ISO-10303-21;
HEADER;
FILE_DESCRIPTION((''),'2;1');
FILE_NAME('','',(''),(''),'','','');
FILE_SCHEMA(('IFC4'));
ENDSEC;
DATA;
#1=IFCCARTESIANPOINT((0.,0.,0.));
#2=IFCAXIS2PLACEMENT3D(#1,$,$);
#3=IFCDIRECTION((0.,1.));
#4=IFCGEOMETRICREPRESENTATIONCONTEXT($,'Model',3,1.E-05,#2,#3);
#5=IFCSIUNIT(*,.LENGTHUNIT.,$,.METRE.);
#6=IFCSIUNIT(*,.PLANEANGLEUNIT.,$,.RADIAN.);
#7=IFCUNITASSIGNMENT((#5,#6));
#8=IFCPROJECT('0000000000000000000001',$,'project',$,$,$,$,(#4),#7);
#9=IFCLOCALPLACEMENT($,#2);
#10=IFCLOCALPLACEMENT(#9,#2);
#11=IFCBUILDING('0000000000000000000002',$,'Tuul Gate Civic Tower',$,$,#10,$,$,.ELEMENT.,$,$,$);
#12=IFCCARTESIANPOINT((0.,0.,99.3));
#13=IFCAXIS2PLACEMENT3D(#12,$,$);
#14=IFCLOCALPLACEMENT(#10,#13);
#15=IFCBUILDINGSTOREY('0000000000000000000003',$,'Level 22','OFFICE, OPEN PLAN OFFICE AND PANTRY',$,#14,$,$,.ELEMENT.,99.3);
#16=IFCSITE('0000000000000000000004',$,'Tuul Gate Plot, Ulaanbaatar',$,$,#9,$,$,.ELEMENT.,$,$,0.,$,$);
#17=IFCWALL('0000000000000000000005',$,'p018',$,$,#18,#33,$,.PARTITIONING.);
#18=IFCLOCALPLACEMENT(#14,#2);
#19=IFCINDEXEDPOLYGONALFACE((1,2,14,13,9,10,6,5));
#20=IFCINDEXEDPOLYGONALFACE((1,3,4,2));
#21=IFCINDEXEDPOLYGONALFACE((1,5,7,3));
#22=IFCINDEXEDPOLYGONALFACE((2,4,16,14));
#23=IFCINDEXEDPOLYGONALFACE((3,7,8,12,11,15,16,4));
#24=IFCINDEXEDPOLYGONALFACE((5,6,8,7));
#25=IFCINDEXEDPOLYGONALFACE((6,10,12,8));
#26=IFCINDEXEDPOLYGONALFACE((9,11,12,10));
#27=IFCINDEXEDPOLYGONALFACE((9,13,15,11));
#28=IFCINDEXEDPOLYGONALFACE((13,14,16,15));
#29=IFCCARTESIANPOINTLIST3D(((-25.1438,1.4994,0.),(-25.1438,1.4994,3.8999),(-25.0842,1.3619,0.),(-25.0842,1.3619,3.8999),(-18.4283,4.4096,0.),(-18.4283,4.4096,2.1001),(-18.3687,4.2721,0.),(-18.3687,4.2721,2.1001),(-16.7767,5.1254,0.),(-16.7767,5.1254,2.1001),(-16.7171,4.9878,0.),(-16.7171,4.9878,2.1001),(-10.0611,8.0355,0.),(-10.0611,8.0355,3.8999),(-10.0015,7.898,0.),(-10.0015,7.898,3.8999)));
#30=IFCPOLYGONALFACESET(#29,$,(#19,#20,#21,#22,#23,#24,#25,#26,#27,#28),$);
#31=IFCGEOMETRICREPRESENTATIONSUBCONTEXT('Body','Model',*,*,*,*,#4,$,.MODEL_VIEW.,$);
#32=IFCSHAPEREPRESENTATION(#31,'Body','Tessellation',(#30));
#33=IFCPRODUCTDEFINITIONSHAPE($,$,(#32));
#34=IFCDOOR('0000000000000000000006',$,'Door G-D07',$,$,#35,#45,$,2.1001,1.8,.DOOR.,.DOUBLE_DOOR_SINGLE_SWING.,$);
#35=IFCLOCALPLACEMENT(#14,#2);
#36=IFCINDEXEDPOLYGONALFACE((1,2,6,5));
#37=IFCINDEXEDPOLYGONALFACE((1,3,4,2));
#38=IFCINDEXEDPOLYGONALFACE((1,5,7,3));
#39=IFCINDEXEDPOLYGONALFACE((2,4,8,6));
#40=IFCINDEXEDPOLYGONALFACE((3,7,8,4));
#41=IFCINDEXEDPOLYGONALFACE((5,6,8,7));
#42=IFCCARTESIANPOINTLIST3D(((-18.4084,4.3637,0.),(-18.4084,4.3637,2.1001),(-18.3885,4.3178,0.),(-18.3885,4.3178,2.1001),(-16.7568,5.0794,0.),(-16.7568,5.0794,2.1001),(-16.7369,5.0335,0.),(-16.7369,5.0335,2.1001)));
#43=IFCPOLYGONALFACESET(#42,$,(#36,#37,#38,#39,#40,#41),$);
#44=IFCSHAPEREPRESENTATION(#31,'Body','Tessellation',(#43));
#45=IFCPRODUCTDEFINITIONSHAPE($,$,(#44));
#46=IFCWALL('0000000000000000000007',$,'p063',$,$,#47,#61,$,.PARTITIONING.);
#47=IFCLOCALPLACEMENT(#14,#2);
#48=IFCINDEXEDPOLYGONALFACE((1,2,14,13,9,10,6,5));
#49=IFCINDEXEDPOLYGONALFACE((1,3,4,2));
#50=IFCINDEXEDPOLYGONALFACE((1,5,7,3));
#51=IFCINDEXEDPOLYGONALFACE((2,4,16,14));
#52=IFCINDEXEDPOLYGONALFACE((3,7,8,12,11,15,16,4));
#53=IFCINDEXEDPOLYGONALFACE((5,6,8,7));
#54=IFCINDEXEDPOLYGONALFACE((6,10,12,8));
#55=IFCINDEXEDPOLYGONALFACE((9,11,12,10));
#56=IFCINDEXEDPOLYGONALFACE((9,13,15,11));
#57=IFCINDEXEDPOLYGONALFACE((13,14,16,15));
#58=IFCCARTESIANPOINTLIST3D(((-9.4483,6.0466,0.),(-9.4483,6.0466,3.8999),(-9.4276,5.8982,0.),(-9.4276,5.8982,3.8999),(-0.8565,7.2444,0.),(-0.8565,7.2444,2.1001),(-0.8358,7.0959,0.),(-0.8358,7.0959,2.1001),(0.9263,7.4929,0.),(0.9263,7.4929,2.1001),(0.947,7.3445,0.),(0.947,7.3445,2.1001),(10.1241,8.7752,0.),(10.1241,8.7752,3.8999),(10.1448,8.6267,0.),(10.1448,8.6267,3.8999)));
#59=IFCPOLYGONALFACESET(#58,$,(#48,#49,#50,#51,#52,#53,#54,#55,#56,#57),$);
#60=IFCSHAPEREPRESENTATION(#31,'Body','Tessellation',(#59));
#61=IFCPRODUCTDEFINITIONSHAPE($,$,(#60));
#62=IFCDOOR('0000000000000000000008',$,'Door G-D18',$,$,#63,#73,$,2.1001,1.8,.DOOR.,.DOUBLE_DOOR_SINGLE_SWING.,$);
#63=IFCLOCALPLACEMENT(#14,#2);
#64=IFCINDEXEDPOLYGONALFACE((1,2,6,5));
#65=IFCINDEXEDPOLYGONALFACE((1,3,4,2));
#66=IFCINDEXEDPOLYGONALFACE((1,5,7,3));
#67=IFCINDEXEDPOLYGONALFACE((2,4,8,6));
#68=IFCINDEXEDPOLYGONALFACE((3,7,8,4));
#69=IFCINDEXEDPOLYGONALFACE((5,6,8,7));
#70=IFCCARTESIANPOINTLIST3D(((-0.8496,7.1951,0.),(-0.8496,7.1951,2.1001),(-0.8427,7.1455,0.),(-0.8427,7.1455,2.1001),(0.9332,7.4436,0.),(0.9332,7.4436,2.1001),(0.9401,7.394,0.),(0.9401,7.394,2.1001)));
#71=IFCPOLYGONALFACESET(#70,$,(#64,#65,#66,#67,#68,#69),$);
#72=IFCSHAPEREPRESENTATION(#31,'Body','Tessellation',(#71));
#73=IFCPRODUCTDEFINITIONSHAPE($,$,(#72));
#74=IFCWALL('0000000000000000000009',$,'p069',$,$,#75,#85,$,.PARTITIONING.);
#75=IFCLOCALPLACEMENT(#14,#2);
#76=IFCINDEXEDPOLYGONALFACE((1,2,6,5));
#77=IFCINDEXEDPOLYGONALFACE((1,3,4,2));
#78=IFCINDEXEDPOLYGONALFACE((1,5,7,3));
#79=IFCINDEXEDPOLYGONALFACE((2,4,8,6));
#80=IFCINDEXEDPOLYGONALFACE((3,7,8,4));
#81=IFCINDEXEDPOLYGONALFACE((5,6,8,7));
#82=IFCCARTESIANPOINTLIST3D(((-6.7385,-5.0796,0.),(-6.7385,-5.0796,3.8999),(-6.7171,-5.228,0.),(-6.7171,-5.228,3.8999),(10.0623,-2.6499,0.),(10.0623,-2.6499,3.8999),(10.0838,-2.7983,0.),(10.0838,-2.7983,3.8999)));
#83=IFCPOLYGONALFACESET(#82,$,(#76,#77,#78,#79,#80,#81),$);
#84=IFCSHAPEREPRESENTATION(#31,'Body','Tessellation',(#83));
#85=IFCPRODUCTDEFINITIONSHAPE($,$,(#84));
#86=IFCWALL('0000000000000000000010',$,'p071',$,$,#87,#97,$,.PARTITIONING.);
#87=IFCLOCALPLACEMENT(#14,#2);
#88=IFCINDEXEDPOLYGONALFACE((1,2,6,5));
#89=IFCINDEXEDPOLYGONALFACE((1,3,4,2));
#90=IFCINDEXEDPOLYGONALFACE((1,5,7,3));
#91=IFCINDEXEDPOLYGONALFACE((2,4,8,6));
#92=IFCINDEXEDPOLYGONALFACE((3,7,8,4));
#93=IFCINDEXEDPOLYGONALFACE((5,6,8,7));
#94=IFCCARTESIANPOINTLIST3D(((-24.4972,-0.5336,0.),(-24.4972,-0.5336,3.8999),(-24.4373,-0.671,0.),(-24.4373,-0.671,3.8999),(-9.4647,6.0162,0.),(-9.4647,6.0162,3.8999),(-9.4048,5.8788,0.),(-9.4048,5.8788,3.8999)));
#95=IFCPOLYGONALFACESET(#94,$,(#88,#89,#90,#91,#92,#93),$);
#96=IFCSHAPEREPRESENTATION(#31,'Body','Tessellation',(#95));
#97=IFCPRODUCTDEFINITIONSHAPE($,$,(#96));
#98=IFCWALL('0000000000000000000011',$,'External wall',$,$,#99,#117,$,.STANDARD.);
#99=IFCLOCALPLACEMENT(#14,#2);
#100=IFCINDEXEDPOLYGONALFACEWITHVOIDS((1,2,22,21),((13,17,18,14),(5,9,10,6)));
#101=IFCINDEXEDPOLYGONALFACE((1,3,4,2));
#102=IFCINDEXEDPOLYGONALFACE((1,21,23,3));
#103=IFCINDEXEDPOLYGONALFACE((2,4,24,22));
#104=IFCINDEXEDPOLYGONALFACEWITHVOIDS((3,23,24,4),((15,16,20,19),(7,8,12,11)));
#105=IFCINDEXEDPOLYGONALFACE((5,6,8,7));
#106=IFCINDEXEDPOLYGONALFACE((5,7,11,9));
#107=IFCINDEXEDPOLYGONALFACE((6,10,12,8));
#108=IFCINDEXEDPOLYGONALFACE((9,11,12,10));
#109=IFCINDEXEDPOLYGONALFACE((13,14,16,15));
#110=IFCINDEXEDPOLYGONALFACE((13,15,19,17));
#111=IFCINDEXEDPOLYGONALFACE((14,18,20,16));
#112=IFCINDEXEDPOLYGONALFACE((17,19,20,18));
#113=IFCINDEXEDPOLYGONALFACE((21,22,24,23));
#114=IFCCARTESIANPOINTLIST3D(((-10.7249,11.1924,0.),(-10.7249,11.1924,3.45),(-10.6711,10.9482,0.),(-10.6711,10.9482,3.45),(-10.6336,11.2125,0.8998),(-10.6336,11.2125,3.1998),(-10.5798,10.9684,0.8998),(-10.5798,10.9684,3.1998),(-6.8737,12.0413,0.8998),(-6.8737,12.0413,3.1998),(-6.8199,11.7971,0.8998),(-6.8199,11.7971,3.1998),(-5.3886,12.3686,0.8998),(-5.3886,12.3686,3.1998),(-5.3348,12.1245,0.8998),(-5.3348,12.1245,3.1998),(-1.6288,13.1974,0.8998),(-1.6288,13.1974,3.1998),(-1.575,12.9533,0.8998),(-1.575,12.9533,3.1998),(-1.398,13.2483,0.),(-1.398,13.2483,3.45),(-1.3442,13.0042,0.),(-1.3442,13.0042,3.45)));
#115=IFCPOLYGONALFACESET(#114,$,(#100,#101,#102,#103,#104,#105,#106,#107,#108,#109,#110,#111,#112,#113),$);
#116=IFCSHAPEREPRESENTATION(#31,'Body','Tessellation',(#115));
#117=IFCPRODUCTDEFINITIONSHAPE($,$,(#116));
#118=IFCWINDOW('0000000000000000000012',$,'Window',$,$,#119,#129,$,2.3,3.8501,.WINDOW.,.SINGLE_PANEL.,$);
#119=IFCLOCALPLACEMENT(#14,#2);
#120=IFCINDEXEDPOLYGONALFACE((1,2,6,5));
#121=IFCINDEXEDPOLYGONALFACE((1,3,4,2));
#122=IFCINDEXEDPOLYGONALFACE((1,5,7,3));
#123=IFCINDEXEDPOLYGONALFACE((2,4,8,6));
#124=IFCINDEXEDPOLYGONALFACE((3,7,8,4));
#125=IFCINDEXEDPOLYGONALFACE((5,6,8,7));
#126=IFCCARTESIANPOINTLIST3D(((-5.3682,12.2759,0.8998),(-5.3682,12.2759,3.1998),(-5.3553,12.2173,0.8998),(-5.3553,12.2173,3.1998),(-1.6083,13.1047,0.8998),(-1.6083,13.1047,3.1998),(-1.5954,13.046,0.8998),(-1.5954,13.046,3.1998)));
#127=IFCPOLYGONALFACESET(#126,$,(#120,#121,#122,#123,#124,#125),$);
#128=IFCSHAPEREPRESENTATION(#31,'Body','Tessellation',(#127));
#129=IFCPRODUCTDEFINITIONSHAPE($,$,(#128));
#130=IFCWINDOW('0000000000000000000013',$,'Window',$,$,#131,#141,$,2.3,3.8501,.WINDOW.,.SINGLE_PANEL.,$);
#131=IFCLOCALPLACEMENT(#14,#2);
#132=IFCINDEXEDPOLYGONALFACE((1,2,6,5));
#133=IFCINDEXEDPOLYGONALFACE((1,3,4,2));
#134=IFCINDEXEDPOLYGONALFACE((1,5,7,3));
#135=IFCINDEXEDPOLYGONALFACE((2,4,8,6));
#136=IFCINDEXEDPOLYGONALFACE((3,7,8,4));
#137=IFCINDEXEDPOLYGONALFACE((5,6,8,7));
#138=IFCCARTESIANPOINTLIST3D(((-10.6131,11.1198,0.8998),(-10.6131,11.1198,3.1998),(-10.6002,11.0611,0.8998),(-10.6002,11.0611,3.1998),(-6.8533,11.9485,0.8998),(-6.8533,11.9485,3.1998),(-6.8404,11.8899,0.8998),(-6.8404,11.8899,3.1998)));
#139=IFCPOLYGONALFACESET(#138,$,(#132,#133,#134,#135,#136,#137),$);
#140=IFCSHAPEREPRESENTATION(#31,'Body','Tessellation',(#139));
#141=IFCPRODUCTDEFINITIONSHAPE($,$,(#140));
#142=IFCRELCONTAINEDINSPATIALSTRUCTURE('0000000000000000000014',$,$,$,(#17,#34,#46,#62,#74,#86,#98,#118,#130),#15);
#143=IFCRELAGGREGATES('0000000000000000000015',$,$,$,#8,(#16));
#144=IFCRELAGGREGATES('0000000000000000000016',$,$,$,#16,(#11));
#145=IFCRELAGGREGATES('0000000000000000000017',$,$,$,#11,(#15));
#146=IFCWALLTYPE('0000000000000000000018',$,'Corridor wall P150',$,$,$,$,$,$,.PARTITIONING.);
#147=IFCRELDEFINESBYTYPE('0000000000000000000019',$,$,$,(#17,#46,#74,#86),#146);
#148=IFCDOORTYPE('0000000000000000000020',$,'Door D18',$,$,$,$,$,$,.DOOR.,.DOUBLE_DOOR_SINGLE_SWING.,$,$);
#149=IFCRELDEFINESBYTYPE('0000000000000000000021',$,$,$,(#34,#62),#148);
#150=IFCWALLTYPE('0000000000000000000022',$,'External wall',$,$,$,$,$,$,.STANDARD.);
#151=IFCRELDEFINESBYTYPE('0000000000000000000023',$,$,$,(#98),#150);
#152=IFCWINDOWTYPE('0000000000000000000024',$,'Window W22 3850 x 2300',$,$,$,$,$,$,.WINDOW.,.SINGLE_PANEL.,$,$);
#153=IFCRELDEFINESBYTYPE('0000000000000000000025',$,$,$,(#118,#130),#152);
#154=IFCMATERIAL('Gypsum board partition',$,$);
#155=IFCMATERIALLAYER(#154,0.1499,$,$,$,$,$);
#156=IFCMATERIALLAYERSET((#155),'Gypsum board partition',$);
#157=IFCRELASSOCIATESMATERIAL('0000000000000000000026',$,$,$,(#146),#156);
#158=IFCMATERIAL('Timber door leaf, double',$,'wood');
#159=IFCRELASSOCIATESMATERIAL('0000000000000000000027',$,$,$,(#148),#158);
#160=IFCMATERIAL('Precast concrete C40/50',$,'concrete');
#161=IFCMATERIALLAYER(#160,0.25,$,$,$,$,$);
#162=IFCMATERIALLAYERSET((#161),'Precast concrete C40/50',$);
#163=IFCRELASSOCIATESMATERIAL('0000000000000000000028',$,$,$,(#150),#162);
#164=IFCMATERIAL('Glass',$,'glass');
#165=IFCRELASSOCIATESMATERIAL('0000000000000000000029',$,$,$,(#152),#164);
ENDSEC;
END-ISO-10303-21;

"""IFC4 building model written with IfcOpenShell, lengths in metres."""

from ifc_helpers import new_model, si_unit, direction, frame, frame_2d, origin, place, context, subcontext, project, spatial, rectangle, extrude, material, layer, layer_set, type_object, element, fill, save


model = new_model("IFC4")

# Units and contexts
model_context = context("Model", 3, precision=1e-05, world=origin(), true_north=direction((0.0, 1.0)))
body_context = subcontext(model_context, "Body", "Model", "MODEL_VIEW")
ifc_project = project(units=[si_unit("LENGTHUNIT", "METRE"), si_unit("PLANEANGLEUNIT", "RADIAN")], contexts=[model_context])

# Site, building, storey
site_placement = place(None, origin())
site = spatial("IfcSite", under=ifc_project, at=site_placement, Name="Tuul Gate Plot, Ulaanbaatar", CompositionType="ELEMENT", RefElevation=0.0)
building_placement = place(site_placement, origin())
building = spatial("IfcBuilding", under=site, at=building_placement, Name="Tuul Gate Civic Tower", CompositionType="ELEMENT")
storey_placement = place(building_placement, frame((0.0, 0.0, 99.3)))
storey = spatial("IfcBuildingStorey", under=building, at=storey_placement, Name="Level 22", Description="OFFICE, OPEN PLAN OFFICE AND PANTRY", CompositionType="ELEMENT", Elevation=99.3)

# Walls, openings, doors
ifc_material_1 = material(Name="Gypsum board partition")
ifc_layer_1 = layer(ifc_material_1, 0.1499)
ifc_layer_set_1 = layer_set([ifc_layer_1], Name="Gypsum board partition")
wall_type_1 = type_object("IfcWallType", Name="Corridor wall P150", PredefinedType="PARTITIONING", material=ifc_layer_set_1)
wall_1_placement = place(storey_placement, frame((-25.114, 1.4307, 0.0), z_axis=(0.0, 0.0, 1.0), x_axis=(0.91755, 0.397621, 0.0)))
wall_1 = element("IfcWall", 1, at=wall_1_placement, inside=storey, type_object=wall_type_1, Name="p018", PredefinedType="PARTITIONING", context=body_context, shape_type="SweptSolid", body=[
    extrude(rectangle(XDim=16.438, YDim=0.1499, at=frame_2d((8.219, 0.0))), origin(), (0.0, 0.0, 1.0), 3.8999),
])
opening_1_placement = place(wall_1_placement, frame((7.3191, 0.0, 0.0)))
opening_1 = element("IfcOpeningElement", 2, at=opening_1_placement, cuts=wall_1, PredefinedType="OPENING", context=body_context, shape_type="SweptSolid", body=[
    extrude(rectangle(XDim=1.8, YDim=2.1001, at=frame_2d((0.8999, 1.05))), frame((0.0, 0.085, 0.0), z_axis=(0.0, -1.0, 0.0), x_axis=(1.0, 0.0, 0.0)), (0.0, 0.0, 1.0), 0.1699),
])
ifc_material_2 = material(Name="Timber door leaf, double", Category="wood")
door_type_1 = type_object("IfcDoorType", Name="Door D18", OperationType="DOUBLE_DOOR_SINGLE_SWING", PredefinedType="DOOR", material=ifc_material_2)
door_1_placement = place(opening_1_placement, origin())
door_1 = element("IfcDoor", 3, at=door_1_placement, inside=storey, type_object=door_type_1, Name="Door G-D07", OperationType="DOUBLE_DOOR_SINGLE_SWING", OverallHeight=2.1001, OverallWidth=1.8, PredefinedType="DOOR", context=body_context, shape_type="SweptSolid", body=[
    extrude(rectangle(XDim=1.8, YDim=2.1001, at=frame_2d((0.8999, 1.05))), frame((0.0, 0.0249, 0.0), z_axis=(0.0, -1.0, 0.0), x_axis=(1.0, 0.0, 0.0)), (0.0, 0.0, 1.0), 0.05),
])
fill(opening_1, door_1)
wall_2_placement = place(storey_placement, frame((-9.438, 5.9724, 0.0), z_axis=(0.0, 0.0, 1.0), x_axis=(0.990422, 0.13807, 0.0)))
wall_2 = element("IfcWall", 4, at=wall_2_placement, inside=storey, type_object=wall_type_1, Name="p063", PredefinedType="PARTITIONING", context=body_context, shape_type="SweptSolid", body=[
    extrude(rectangle(XDim=19.7617, YDim=0.1499, at=frame_2d((9.8809, 0.0))), origin(), (0.0, 0.0, 1.0), 3.8999),
])
opening_2_placement = place(wall_2_placement, frame((8.675, 0.0, 0.0)))
opening_2 = element("IfcOpeningElement", 5, at=opening_2_placement, cuts=wall_2, PredefinedType="OPENING", context=body_context, shape_type="SweptSolid", body=[
    extrude(rectangle(XDim=1.8, YDim=2.1001, at=frame_2d((0.8999, 1.05))), frame((0.0, 0.085, 0.0), z_axis=(0.0, -1.0, 0.0), x_axis=(1.0, 0.0, 0.0)), (0.0, 0.0, 1.0), 0.1699),
])
door_2_placement = place(opening_2_placement, frame((1.8, 0.0, 0.0), z_axis=(0.0, 0.0, 1.0), x_axis=(-1.0, 0.0, 0.0)))
door_2 = element("IfcDoor", 6, at=door_2_placement, inside=storey, type_object=door_type_1, Name="Door G-D18", OperationType="DOUBLE_DOOR_SINGLE_SWING", OverallHeight=2.1001, OverallWidth=1.8, PredefinedType="DOOR", context=body_context, shape_type="SweptSolid", body=[
    extrude(rectangle(XDim=1.8, YDim=2.1001, at=frame_2d((0.9001, 1.05))), frame((0.0, 0.0249, 0.0), z_axis=(0.0, -1.0, 0.0), x_axis=(1.0, 0.0, 0.0)), (0.0, 0.0, 1.0), 0.05),
])
fill(opening_2, door_2)

# Walls
wall_3_placement = place(storey_placement, frame((-6.7278, -5.1538, 0.0), z_axis=(0.0, 0.0, 1.0), x_axis=(0.989704, 0.143129, 0.0)))
element("IfcWall", 7, at=wall_3_placement, inside=storey, type_object=wall_type_1, Name="p069", PredefinedType="PARTITIONING", context=body_context, shape_type="SweptSolid", body=[
    extrude(rectangle(XDim=16.9756, YDim=0.1499, at=frame_2d((8.4878, 0.0))), origin(), (0.0, 0.0, 1.0), 3.8999),
])
wall_4_placement = place(storey_placement, frame((-24.4673, -0.6023, 0.0), z_axis=(0.0, 0.0, 1.0), x_axis=(0.916759, 0.399441, 0.0)))
element("IfcWall", 8, at=wall_4_placement, inside=storey, type_object=wall_type_1, Name="p071", PredefinedType="PARTITIONING", context=body_context, shape_type="SweptSolid", body=[
    extrude(rectangle(XDim=16.3975, YDim=0.1499, at=frame_2d((8.1987, 0.0))), origin(), (0.0, 0.0, 1.0), 3.8999),
])

# Wall, openings, windows
ifc_material_3 = material(Name="Precast concrete C40/50", Category="concrete")
ifc_layer_2 = layer(ifc_material_3, 0.25)
ifc_layer_set_2 = layer_set([ifc_layer_2], Name="Precast concrete C40/50")
wall_type_2 = type_object("IfcWallType", Name="External wall", PredefinedType="STANDARD", material=ifc_layer_set_2)
wall_5_placement = place(storey_placement, frame((-1.3711, 13.1262, 0.0), z_axis=(0.0, 0.0, 1.0), x_axis=(-0.976557, -0.21526, 0.0)))
wall_5 = element("IfcWall", 9, at=wall_5_placement, inside=storey, type_object=wall_type_2, Name="External wall", PredefinedType="STANDARD", context=body_context, shape_type="SweptSolid", body=[
    extrude(rectangle(XDim=9.5508, YDim=0.25, at=frame_2d((4.7754, 0.0))), origin(), (0.0, 0.0, 1.0), 3.45),
])
opening_3_placement = place(wall_5_placement, frame((0.2363, 0.0, 0.8999)))
opening_3 = element("IfcOpeningElement", 10, at=opening_3_placement, cuts=wall_5, PredefinedType="OPENING", context=body_context, shape_type="SweptSolid", body=[
    extrude(rectangle(XDim=3.8501, YDim=2.3, at=frame_2d((1.925, 1.1499))), frame((0.0, 0.135, 0.0), z_axis=(0.0, -1.0, 0.0), x_axis=(1.0, 0.0, 0.0)), (0.0, 0.0, 1.0), 0.27),
])
opening_4_placement = place(wall_5_placement, frame((5.6072, 0.0, 0.8999)))
opening_4 = element("IfcOpeningElement", 11, at=opening_4_placement, cuts=wall_5, PredefinedType="OPENING", context=body_context, shape_type="SweptSolid", body=[
    extrude(rectangle(XDim=3.8501, YDim=2.3, at=frame_2d((1.925, 1.1499))), frame((0.0, 0.135, 0.0), z_axis=(0.0, -1.0, 0.0), x_axis=(1.0, 0.0, 0.0)), (0.0, 0.0, 1.0), 0.27),
])
ifc_material_4 = material(Name="Glass", Category="glass")
window_type = type_object("IfcWindowType", Name="Window W22 3850 x 2300", PartitioningType="SINGLE_PANEL", PredefinedType="WINDOW", material=ifc_material_4)
window_1_placement = place(opening_3_placement, origin())
window_1 = element("IfcWindow", 12, at=window_1_placement, inside=storey, type_object=window_type, Name="Window", OverallHeight=2.3, OverallWidth=3.8501, PartitioningType="SINGLE_PANEL", PredefinedType="WINDOW", context=body_context, shape_type="SweptSolid", body=[
    extrude(rectangle(XDim=3.8501, YDim=2.3, at=frame_2d((1.925, 1.1499))), frame((0.0, 0.03, 0.0), z_axis=(0.0, -1.0, 0.0), x_axis=(1.0, 0.0, 0.0)), (0.0, 0.0, 1.0), 0.0601),
])
fill(opening_3, window_1)
window_2_placement = place(opening_4_placement, origin())
window_2 = element("IfcWindow", 13, at=window_2_placement, inside=storey, type_object=window_type, Name="Window", OverallHeight=2.3, OverallWidth=3.8501, PartitioningType="SINGLE_PANEL", PredefinedType="WINDOW", context=body_context, shape_type="SweptSolid", body=[
    extrude(rectangle(XDim=3.8501, YDim=2.3, at=frame_2d((1.925, 1.1499))), frame((0.0, 0.03, 0.0), z_axis=(0.0, -1.0, 0.0), x_axis=(1.0, 0.0, 0.0)), (0.0, 0.0, 1.0), 0.0601),
])
fill(opening_4, window_2)

save(model, "model.ifc")
